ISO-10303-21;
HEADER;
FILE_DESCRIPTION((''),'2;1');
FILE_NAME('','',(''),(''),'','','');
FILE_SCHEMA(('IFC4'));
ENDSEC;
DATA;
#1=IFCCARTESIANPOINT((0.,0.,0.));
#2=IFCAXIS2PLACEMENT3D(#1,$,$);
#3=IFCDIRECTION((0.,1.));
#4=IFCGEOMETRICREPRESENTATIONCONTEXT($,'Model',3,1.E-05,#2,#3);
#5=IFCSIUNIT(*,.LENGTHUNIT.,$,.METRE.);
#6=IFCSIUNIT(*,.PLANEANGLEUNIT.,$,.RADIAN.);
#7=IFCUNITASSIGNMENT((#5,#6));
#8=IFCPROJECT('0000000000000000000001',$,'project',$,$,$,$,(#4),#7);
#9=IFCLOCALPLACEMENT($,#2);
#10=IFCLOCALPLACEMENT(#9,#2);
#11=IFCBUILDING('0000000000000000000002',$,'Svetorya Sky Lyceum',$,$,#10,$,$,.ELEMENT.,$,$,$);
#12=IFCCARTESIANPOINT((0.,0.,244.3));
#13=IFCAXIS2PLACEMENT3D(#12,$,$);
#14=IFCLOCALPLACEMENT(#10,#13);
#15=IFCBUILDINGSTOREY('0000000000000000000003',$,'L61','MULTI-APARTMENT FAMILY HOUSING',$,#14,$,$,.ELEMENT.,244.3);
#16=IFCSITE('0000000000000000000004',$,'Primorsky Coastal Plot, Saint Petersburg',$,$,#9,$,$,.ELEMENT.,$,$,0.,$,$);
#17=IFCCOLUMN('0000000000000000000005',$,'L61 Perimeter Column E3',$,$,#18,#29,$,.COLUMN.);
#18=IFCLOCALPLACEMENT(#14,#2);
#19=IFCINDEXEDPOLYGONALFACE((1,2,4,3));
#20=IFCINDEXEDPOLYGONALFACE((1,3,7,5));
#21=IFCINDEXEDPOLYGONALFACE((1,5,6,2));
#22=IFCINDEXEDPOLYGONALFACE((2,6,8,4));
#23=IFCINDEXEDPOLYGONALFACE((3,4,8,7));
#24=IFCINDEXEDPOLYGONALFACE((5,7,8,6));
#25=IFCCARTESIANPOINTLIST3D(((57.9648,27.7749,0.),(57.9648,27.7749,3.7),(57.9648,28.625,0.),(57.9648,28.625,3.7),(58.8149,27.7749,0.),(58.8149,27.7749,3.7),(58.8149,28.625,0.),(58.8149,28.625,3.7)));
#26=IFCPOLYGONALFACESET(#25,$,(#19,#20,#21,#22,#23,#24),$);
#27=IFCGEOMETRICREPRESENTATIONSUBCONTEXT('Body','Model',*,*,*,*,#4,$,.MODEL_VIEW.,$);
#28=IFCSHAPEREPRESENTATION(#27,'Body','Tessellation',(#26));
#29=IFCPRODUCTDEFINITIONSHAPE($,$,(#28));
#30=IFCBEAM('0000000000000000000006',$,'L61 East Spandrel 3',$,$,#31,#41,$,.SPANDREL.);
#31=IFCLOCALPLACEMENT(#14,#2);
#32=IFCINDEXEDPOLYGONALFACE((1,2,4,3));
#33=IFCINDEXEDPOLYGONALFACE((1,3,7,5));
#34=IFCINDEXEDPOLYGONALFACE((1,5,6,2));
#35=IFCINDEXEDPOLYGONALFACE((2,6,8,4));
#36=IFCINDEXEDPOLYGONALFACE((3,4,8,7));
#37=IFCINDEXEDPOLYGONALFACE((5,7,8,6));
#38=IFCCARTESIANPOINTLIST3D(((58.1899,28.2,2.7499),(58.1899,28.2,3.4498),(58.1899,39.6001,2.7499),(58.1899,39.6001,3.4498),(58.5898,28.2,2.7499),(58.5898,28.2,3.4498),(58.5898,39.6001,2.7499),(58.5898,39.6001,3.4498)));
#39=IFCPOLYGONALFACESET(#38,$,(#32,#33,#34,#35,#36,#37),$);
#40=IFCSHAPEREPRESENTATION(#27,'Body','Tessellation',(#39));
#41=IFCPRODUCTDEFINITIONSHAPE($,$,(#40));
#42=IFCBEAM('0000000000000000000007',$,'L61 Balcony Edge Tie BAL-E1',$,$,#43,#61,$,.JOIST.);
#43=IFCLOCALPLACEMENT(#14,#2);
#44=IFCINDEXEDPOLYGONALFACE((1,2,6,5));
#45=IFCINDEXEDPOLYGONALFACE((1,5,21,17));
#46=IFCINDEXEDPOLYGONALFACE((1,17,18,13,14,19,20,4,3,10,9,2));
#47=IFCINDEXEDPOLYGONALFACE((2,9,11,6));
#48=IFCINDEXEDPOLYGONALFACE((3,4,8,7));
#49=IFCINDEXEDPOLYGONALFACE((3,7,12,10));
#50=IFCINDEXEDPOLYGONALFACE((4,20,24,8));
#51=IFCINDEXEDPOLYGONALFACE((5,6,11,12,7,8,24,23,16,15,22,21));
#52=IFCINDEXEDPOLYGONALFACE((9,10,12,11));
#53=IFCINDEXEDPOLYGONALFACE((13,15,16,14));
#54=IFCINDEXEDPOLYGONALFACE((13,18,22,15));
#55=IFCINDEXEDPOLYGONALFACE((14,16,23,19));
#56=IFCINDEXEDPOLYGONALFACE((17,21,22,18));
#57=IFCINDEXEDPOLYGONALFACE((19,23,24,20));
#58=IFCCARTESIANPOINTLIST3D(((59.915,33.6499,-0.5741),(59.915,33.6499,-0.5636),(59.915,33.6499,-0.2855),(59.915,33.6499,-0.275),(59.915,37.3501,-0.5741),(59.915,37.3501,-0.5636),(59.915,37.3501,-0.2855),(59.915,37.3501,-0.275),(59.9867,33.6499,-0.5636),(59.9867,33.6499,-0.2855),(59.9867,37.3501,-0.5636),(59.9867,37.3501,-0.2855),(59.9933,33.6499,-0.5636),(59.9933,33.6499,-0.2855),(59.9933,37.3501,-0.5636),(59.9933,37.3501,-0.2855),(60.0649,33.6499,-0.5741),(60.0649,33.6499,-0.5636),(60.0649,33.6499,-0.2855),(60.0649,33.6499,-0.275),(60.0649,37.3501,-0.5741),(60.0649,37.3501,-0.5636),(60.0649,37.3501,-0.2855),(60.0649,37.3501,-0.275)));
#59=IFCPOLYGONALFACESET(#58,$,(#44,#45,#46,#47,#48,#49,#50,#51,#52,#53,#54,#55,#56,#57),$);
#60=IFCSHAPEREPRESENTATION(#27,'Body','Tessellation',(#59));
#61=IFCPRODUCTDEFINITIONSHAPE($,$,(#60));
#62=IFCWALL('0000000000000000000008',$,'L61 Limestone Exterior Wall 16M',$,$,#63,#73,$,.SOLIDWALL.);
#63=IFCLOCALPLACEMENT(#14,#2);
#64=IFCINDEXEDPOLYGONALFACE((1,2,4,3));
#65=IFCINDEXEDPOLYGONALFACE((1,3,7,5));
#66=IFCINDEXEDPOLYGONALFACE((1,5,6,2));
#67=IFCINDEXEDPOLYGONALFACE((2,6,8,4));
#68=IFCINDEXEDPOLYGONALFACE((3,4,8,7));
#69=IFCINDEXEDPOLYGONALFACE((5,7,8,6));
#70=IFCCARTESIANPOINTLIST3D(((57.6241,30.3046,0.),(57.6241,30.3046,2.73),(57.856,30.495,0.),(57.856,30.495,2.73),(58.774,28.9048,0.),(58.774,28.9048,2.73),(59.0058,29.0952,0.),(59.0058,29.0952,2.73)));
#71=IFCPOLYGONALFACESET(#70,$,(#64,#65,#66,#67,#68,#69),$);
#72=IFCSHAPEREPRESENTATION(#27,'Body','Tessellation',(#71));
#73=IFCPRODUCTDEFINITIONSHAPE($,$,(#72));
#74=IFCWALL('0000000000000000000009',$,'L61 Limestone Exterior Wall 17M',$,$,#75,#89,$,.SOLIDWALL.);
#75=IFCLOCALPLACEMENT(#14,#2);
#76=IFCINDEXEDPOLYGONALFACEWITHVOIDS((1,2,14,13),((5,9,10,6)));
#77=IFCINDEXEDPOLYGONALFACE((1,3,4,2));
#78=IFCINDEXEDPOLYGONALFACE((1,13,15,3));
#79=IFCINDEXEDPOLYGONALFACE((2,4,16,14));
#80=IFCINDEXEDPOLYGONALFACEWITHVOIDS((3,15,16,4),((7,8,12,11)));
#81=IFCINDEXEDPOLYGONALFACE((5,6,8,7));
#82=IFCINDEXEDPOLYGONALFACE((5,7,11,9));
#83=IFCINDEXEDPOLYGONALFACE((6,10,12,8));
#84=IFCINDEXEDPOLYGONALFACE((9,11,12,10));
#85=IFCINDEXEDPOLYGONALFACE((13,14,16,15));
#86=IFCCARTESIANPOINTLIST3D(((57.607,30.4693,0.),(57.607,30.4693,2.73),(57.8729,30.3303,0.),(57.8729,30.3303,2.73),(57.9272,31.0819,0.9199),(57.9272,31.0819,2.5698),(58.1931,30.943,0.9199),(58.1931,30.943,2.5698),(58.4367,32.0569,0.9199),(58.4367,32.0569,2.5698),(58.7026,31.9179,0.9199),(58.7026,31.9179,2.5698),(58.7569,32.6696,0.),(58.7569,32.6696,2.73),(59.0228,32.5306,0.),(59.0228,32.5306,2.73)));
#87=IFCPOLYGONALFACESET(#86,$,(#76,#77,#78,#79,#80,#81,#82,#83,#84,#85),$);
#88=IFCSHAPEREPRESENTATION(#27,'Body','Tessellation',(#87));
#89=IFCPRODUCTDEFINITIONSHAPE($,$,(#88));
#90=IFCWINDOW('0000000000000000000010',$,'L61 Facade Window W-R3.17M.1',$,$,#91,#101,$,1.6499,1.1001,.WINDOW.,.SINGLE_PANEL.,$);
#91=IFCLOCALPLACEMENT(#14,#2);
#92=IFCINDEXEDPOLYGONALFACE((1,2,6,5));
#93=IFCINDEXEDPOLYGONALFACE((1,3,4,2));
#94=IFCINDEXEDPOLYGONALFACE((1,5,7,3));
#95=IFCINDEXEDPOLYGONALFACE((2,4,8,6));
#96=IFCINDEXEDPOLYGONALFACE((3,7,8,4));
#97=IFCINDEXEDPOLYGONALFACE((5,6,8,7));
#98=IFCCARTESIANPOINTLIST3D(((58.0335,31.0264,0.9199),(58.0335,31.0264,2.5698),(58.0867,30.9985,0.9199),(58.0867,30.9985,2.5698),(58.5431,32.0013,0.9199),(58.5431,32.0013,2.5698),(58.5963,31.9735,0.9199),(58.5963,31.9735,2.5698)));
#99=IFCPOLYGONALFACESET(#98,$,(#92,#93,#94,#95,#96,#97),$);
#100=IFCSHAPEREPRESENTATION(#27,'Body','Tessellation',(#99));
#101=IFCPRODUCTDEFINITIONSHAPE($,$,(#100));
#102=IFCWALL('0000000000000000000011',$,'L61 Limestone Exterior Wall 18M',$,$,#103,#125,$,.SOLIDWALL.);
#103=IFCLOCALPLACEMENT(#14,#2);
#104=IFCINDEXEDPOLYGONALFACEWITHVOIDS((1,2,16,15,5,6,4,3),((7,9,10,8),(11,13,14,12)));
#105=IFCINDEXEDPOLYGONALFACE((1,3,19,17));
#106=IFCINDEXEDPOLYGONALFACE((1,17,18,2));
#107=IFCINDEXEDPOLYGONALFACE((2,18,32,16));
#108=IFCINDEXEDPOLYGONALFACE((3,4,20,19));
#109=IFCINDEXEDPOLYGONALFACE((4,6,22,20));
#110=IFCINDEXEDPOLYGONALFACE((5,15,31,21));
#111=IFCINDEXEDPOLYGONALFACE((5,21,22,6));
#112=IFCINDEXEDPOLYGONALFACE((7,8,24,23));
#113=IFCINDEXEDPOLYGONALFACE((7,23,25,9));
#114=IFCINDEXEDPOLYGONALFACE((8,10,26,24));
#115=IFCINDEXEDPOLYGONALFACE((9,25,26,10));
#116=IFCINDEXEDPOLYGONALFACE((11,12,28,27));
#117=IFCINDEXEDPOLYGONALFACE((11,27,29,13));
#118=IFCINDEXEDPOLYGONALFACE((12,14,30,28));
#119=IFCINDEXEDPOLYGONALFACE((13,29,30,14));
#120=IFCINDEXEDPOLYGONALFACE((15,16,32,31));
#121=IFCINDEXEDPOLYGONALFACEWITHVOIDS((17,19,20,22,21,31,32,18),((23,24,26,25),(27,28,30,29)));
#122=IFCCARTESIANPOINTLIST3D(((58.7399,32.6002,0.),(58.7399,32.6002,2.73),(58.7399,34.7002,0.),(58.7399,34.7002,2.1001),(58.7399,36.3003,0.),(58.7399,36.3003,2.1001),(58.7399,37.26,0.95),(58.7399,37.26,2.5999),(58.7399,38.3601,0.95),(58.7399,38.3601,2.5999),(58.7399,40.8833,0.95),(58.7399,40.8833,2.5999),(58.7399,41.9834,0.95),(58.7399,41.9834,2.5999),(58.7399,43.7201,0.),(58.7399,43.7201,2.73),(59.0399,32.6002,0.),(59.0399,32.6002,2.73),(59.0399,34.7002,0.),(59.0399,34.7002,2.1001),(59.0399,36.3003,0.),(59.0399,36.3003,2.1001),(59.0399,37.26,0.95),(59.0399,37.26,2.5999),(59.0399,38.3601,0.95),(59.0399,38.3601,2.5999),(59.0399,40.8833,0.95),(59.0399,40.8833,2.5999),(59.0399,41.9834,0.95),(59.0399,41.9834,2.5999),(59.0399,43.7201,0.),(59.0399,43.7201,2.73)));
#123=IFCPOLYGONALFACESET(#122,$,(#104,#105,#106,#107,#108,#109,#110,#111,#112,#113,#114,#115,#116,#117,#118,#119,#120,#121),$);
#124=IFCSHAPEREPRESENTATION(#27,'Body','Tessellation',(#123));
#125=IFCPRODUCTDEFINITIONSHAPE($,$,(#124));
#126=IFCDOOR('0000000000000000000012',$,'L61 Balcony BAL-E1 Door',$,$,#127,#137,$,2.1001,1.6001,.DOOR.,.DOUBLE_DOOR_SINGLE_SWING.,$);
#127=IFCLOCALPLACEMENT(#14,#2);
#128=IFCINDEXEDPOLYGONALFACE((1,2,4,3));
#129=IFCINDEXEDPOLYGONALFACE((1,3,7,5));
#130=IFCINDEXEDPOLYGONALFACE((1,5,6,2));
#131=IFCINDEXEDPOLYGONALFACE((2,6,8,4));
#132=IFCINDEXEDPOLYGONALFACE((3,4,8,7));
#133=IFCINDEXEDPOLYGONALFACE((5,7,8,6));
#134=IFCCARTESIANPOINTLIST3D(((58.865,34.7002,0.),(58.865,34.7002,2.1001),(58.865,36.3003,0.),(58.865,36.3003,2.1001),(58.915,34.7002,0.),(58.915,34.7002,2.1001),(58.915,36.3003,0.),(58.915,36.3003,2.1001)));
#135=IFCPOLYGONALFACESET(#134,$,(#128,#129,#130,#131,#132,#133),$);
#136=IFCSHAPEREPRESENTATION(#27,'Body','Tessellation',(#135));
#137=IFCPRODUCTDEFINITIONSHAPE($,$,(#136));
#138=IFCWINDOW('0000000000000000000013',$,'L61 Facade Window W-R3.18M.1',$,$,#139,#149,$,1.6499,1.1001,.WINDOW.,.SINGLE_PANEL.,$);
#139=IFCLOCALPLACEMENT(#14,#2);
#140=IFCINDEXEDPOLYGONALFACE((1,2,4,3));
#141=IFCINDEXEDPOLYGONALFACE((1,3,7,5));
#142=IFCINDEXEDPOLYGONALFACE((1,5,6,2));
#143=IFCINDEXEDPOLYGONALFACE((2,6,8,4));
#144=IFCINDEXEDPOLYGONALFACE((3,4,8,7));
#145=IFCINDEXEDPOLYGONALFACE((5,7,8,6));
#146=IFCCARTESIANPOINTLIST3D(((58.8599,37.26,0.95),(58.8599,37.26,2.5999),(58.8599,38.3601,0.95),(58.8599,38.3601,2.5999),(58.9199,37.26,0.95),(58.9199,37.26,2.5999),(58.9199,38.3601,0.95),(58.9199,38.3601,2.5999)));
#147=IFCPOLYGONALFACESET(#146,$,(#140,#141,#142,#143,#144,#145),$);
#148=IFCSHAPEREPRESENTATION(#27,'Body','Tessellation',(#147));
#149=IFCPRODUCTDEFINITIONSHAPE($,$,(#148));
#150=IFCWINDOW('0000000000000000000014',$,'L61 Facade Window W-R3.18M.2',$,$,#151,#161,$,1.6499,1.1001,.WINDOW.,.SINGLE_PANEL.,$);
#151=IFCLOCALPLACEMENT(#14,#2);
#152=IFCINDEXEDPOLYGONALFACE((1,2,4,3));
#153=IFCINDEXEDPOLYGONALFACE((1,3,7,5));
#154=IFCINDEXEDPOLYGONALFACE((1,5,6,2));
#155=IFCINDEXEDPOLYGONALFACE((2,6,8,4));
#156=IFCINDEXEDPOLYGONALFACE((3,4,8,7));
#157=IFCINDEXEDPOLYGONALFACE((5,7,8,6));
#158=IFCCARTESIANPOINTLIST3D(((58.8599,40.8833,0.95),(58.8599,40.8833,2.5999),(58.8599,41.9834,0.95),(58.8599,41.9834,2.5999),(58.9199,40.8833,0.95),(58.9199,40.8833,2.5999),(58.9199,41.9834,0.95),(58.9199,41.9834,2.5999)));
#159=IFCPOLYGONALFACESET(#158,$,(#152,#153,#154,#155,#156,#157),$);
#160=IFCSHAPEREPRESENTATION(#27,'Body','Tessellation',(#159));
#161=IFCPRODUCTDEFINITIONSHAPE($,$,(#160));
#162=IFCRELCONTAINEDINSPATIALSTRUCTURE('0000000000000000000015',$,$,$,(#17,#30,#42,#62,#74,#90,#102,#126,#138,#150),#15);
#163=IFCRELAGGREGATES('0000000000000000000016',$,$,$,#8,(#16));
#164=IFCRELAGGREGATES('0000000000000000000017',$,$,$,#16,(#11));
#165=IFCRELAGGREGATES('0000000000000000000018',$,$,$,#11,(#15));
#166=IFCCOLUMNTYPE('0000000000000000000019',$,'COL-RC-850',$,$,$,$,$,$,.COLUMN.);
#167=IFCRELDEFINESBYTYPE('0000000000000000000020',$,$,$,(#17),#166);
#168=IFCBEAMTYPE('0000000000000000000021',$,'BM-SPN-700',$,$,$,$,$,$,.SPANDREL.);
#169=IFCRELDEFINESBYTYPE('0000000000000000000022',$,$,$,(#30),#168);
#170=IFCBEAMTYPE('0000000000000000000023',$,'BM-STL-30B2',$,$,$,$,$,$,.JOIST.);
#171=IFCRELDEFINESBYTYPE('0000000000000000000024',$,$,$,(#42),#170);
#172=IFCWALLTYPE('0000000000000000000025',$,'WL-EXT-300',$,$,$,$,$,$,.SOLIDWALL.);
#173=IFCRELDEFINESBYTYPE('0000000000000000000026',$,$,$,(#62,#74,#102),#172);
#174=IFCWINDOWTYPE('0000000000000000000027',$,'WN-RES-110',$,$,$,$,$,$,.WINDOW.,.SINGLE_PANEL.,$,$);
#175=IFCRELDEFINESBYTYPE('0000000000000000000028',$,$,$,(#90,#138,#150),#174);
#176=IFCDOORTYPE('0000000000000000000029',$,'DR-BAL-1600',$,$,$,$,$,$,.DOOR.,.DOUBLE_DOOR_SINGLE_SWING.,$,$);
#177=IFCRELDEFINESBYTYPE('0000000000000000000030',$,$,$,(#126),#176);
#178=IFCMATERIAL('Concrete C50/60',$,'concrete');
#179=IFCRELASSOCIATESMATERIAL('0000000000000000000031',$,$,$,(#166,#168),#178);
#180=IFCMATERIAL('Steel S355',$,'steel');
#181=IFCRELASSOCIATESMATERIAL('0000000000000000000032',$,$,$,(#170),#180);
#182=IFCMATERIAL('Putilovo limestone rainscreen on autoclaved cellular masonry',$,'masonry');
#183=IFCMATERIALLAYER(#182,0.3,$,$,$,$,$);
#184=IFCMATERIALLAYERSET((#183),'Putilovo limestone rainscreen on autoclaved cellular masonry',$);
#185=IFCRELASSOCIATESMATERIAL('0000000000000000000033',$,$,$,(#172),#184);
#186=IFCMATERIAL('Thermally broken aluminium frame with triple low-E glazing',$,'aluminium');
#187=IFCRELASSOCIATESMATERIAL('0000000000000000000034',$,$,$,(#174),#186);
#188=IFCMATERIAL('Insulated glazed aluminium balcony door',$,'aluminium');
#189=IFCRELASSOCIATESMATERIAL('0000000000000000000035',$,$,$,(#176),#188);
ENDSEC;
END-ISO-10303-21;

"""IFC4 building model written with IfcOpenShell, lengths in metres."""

from ifc_helpers import new_model, si_unit, direction, frame, frame_2d, origin, origin_2d, place, context, subcontext, project, spatial, rectangle, i_section, extrude, material, layer, layer_set, material_profile, profile_set, type_object, element, fill, save


model = new_model("IFC4")

# Units and contexts
model_context = context("Model", 3, precision=1e-05, world=origin(), true_north=direction((0.0, 1.0)))
body_context = subcontext(model_context, "Body", "Model", "MODEL_VIEW")
ifc_project = project(units=[si_unit("LENGTHUNIT", "METRE"), si_unit("PLANEANGLEUNIT", "RADIAN")], contexts=[model_context])

# Site, building, storey
site_placement = place(None, origin())
site = spatial("IfcSite", under=ifc_project, at=site_placement, Name="Primorsky Coastal Plot, Saint Petersburg", CompositionType="ELEMENT", RefElevation=0.0)
building_placement = place(site_placement, origin())
building = spatial("IfcBuilding", under=site, at=building_placement, Name="Svetorya Sky Lyceum", CompositionType="ELEMENT")
storey_placement = place(building_placement, frame((0.0, 0.0, 244.3)))
storey = spatial("IfcBuildingStorey", under=building, at=storey_placement, Name="L61", Description="MULTI-APARTMENT FAMILY HOUSING", CompositionType="ELEMENT", Elevation=244.3)

# Column
ifc_material_1 = material(Name="Concrete C50/60", Category="concrete")
ifc_material_profile_1 = material_profile(ifc_material_1, rectangle(XDim=0.8501, YDim=0.8501, at=origin_2d()), Name="RC COL 850x850")
ifc_profile_set_1 = profile_set([ifc_material_profile_1], Name="Concrete C50/60")
column_type = type_object("IfcColumnType", Name="COL-RC-850", PredefinedType="COLUMN", material=ifc_profile_set_1)
column_placement = place(storey_placement, frame((58.3899, 28.2, 0.0), z_axis=(0.0, 0.0, 1.0), x_axis=(1.0, 0.0, 0.0)))
element("IfcColumn", 1, at=column_placement, inside=storey, type_object=column_type, Name="L61 Perimeter Column E3", PredefinedType="COLUMN", context=body_context, shape_type="SweptSolid", body=[
    extrude(rectangle(XDim=0.8501, YDim=0.8501, at=origin_2d()), origin(), (0.0, 0.0, 1.0), 3.7),
])

# Beams
ifc_material_profile_2 = material_profile(ifc_material_1, rectangle(XDim=0.3999, YDim=0.7, at=origin_2d()), Name="RC SPANDREL 400x700")
ifc_profile_set_2 = profile_set([ifc_material_profile_2], Name="Concrete C50/60")
beam_type_1 = type_object("IfcBeamType", Name="BM-SPN-700", PredefinedType="SPANDREL", material=ifc_profile_set_2)
beam_1_placement = place(storey_placement, frame((58.3899, 28.2, 3.0999), z_axis=(0.0, 1.0, 0.0), x_axis=(-1.0, 0.0, 0.0)))
element("IfcBeam", 2, at=beam_1_placement, inside=storey, type_object=beam_type_1, Name="L61 East Spandrel 3", PredefinedType="SPANDREL", context=body_context, shape_type="SweptSolid", body=[
    extrude(rectangle(XDim=0.3999, YDim=0.7, at=origin_2d()), origin(), (0.0, 0.0, 1.0), 11.4001),
])
ifc_material_2 = material(Name="Steel S355", Category="steel")
ifc_material_profile_3 = material_profile(ifc_material_2, i_section(OverallWidth=0.1499, OverallDepth=0.2991, WebThickness=0.0066, FlangeThickness=0.0105, at=origin_2d()), Name="GOST 30B2")
ifc_profile_set_3 = profile_set([ifc_material_profile_3], Name="Steel S355")
beam_type_2 = type_object("IfcBeamType", Name="BM-STL-30B2", PredefinedType="JOIST", material=ifc_profile_set_3)
beam_2_placement = place(storey_placement, frame((59.99, 33.6499, -0.4246), z_axis=(0.0, 1.0, 0.0), x_axis=(-1.0, 0.0, 0.0)))
element("IfcBeam", 3, at=beam_2_placement, inside=storey, type_object=beam_type_2, Name="L61 Balcony Edge Tie BAL-E1", PredefinedType="JOIST", context=body_context, shape_type="SweptSolid", body=[
    extrude(i_section(OverallWidth=0.1499, OverallDepth=0.2991, WebThickness=0.0066, FlangeThickness=0.0105, at=origin_2d()), origin(), (0.0, 0.0, 1.0), 3.7002),
])

# Wall
ifc_material_3 = material(Name="Putilovo limestone rainscreen on autoclaved cellular masonry", Category="masonry")
ifc_layer = layer(ifc_material_3, 0.3)
ifc_layer_set = layer_set([ifc_layer], Name="Putilovo limestone rainscreen on autoclaved cellular masonry")
wall_type = type_object("IfcWallType", Name="WL-EXT-300", PredefinedType="SOLIDWALL", material=ifc_layer_set)
wall_1_placement = place(storey_placement, frame((58.8899, 29.0, 0.0), z_axis=(0.0, 0.0, 1.0), x_axis=(-0.634734, 0.772731, 0.0)))
element("IfcWall", 4, at=wall_1_placement, inside=storey, type_object=wall_type, Name="L61 Limestone Exterior Wall 16M", PredefinedType="SOLIDWALL", context=body_context, shape_type="SweptSolid", body=[
    extrude(rectangle(XDim=1.8115, YDim=0.3, at=frame_2d((0.9058, 0.0))), origin(), (0.0, 0.0, 1.0), 2.73),
])

# Wall, opening, window
wall_2_placement = place(storey_placement, frame((57.74, 30.3999, 0.0), z_axis=(0.0, 0.0, 1.0), x_axis=(0.463191, 0.886258, 0.0)))
wall_2 = element("IfcWall", 5, at=wall_2_placement, inside=storey, type_object=wall_type, Name="L61 Limestone Exterior Wall 17M", PredefinedType="SOLIDWALL", context=body_context, shape_type="SweptSolid", body=[
    extrude(rectangle(XDim=2.4827, YDim=0.3, at=frame_2d((1.2412, 0.0))), origin(), (0.0, 0.0, 1.0), 2.73),
])
opening_1_placement = place(wall_2_placement, frame((0.6912, 0.0, 0.9199)))
opening_1 = element("IfcOpeningElement", 6, at=opening_1_placement, cuts=wall_2, PredefinedType="OPENING", context=body_context, shape_type="SweptSolid", body=[
    extrude(rectangle(XDim=1.1001, YDim=1.6499, at=frame_2d((0.55, 0.825))), frame((0.0, 0.1599, 0.0), z_axis=(0.0, -1.0, 0.0), x_axis=(1.0, 0.0, 0.0)), (0.0, 0.0, 1.0), 0.3201),
])
ifc_material_4 = material(Name="Thermally broken aluminium frame with triple low-E glazing", Category="aluminium")
window_type = type_object("IfcWindowType", Name="WN-RES-110", PartitioningType="SINGLE_PANEL", PredefinedType="WINDOW", material=ifc_material_4)
window_1_placement = place(opening_1_placement, origin())
window_1 = element("IfcWindow", 7, at=window_1_placement, inside=storey, type_object=window_type, Name="L61 Facade Window W-R3.17M.1", OverallHeight=1.6499, OverallWidth=1.1001, PartitioningType="SINGLE_PANEL", PredefinedType="WINDOW", context=body_context, shape_type="SweptSolid", body=[
    extrude(rectangle(XDim=1.1001, YDim=1.6499, at=frame_2d((0.55, 0.825))), frame((0.0, 0.03, 0.0), z_axis=(0.0, -1.0, 0.0), x_axis=(1.0, 0.0, 0.0)), (0.0, 0.0, 1.0), 0.0601),
])
fill(opening_1, window_1)

# Wall, openings, door, windows
wall_3_placement = place(storey_placement, frame((58.8899, 32.6001, 0.0), z_axis=(0.0, 0.0, 1.0), x_axis=(0.0, 1.0, 0.0)))
wall_3 = element("IfcWall", 8, at=wall_3_placement, inside=storey, type_object=wall_type, Name="L61 Limestone Exterior Wall 18M", PredefinedType="SOLIDWALL", context=body_context, shape_type="SweptSolid", body=[
    extrude(rectangle(XDim=11.1199, YDim=0.3, at=frame_2d((5.5601, 0.0))), origin(), (0.0, 0.0, 1.0), 2.73),
])
opening_2_placement = place(wall_3_placement, frame((2.1001, 0.0, 0.0)))
opening_2 = element("IfcOpeningElement", 9, at=opening_2_placement, cuts=wall_3, PredefinedType="OPENING", context=body_context, shape_type="SweptSolid", body=[
    extrude(rectangle(XDim=1.6001, YDim=2.1001, at=frame_2d((0.8, 1.05))), frame((0.0, 0.1599, 0.0), z_axis=(0.0, -1.0, 0.0), x_axis=(1.0, 0.0, 0.0)), (0.0, 0.0, 1.0), 0.3201),
])
opening_3_placement = place(wall_3_placement, frame((4.6599, 0.0, 0.95)))
opening_3 = element("IfcOpeningElement", 10, at=opening_3_placement, cuts=wall_3, PredefinedType="OPENING", context=body_context, shape_type="SweptSolid", body=[
    extrude(rectangle(XDim=1.1001, YDim=1.6499, at=frame_2d((0.55, 0.825))), frame((0.0, 0.1599, 0.0), z_axis=(0.0, -1.0, 0.0), x_axis=(1.0, 0.0, 0.0)), (0.0, 0.0, 1.0), 0.3201),
])
opening_4_placement = place(wall_3_placement, frame((8.2832, 0.0, 0.95)))
opening_4 = element("IfcOpeningElement", 11, at=opening_4_placement, cuts=wall_3, PredefinedType="OPENING", context=body_context, shape_type="SweptSolid", body=[
    extrude(rectangle(XDim=1.1001, YDim=1.6499, at=frame_2d((0.55, 0.825))), frame((0.0, 0.1599, 0.0), z_axis=(0.0, -1.0, 0.0), x_axis=(1.0, 0.0, 0.0)), (0.0, 0.0, 1.0), 0.3201),
])
ifc_material_5 = material(Name="Insulated glazed aluminium balcony door", Category="aluminium")
door_type = type_object("IfcDoorType", Name="DR-BAL-1600", OperationType="DOUBLE_DOOR_SINGLE_SWING", PredefinedType="DOOR", material=ifc_material_5)
door_placement = place(opening_2_placement, origin())
door = element("IfcDoor", 12, at=door_placement, inside=storey, type_object=door_type, Name="L61 Balcony BAL-E1 Door", OperationType="DOUBLE_DOOR_SINGLE_SWING", OverallHeight=2.1001, OverallWidth=1.6001, PredefinedType="DOOR", context=body_context, shape_type="SweptSolid", body=[
    extrude(rectangle(XDim=1.6001, YDim=2.1001, at=frame_2d((0.8, 1.05))), frame((0.0, 0.0249, 0.0), z_axis=(0.0, -1.0, 0.0), x_axis=(1.0, 0.0, 0.0)), (0.0, 0.0, 1.0), 0.05),
])
fill(opening_2, door)
window_2_placement = place(opening_3_placement, origin())
window_2 = element("IfcWindow", 13, at=window_2_placement, inside=storey, type_object=window_type, Name="L61 Facade Window W-R3.18M.1", OverallHeight=1.6499, OverallWidth=1.1001, PartitioningType="SINGLE_PANEL", PredefinedType="WINDOW", context=body_context, shape_type="SweptSolid", body=[
    extrude(rectangle(XDim=1.1001, YDim=1.6499, at=frame_2d((0.55, 0.825))), frame((0.0, 0.03, 0.0), z_axis=(0.0, -1.0, 0.0), x_axis=(1.0, 0.0, 0.0)), (0.0, 0.0, 1.0), 0.0601),
])
fill(opening_3, window_2)
window_3_placement = place(opening_4_placement, origin())
window_3 = element("IfcWindow", 14, at=window_3_placement, inside=storey, type_object=window_type, Name="L61 Facade Window W-R3.18M.2", OverallHeight=1.6499, OverallWidth=1.1001, PartitioningType="SINGLE_PANEL", PredefinedType="WINDOW", context=body_context, shape_type="SweptSolid", body=[
    extrude(rectangle(XDim=1.1001, YDim=1.6499, at=frame_2d((0.55, 0.825))), frame((0.0, 0.03, 0.0), z_axis=(0.0, -1.0, 0.0), x_axis=(1.0, 0.0, 0.0)), (0.0, 0.0, 1.0), 0.0601),
])
fill(opening_4, window_3)

save(model, "model.ifc")
